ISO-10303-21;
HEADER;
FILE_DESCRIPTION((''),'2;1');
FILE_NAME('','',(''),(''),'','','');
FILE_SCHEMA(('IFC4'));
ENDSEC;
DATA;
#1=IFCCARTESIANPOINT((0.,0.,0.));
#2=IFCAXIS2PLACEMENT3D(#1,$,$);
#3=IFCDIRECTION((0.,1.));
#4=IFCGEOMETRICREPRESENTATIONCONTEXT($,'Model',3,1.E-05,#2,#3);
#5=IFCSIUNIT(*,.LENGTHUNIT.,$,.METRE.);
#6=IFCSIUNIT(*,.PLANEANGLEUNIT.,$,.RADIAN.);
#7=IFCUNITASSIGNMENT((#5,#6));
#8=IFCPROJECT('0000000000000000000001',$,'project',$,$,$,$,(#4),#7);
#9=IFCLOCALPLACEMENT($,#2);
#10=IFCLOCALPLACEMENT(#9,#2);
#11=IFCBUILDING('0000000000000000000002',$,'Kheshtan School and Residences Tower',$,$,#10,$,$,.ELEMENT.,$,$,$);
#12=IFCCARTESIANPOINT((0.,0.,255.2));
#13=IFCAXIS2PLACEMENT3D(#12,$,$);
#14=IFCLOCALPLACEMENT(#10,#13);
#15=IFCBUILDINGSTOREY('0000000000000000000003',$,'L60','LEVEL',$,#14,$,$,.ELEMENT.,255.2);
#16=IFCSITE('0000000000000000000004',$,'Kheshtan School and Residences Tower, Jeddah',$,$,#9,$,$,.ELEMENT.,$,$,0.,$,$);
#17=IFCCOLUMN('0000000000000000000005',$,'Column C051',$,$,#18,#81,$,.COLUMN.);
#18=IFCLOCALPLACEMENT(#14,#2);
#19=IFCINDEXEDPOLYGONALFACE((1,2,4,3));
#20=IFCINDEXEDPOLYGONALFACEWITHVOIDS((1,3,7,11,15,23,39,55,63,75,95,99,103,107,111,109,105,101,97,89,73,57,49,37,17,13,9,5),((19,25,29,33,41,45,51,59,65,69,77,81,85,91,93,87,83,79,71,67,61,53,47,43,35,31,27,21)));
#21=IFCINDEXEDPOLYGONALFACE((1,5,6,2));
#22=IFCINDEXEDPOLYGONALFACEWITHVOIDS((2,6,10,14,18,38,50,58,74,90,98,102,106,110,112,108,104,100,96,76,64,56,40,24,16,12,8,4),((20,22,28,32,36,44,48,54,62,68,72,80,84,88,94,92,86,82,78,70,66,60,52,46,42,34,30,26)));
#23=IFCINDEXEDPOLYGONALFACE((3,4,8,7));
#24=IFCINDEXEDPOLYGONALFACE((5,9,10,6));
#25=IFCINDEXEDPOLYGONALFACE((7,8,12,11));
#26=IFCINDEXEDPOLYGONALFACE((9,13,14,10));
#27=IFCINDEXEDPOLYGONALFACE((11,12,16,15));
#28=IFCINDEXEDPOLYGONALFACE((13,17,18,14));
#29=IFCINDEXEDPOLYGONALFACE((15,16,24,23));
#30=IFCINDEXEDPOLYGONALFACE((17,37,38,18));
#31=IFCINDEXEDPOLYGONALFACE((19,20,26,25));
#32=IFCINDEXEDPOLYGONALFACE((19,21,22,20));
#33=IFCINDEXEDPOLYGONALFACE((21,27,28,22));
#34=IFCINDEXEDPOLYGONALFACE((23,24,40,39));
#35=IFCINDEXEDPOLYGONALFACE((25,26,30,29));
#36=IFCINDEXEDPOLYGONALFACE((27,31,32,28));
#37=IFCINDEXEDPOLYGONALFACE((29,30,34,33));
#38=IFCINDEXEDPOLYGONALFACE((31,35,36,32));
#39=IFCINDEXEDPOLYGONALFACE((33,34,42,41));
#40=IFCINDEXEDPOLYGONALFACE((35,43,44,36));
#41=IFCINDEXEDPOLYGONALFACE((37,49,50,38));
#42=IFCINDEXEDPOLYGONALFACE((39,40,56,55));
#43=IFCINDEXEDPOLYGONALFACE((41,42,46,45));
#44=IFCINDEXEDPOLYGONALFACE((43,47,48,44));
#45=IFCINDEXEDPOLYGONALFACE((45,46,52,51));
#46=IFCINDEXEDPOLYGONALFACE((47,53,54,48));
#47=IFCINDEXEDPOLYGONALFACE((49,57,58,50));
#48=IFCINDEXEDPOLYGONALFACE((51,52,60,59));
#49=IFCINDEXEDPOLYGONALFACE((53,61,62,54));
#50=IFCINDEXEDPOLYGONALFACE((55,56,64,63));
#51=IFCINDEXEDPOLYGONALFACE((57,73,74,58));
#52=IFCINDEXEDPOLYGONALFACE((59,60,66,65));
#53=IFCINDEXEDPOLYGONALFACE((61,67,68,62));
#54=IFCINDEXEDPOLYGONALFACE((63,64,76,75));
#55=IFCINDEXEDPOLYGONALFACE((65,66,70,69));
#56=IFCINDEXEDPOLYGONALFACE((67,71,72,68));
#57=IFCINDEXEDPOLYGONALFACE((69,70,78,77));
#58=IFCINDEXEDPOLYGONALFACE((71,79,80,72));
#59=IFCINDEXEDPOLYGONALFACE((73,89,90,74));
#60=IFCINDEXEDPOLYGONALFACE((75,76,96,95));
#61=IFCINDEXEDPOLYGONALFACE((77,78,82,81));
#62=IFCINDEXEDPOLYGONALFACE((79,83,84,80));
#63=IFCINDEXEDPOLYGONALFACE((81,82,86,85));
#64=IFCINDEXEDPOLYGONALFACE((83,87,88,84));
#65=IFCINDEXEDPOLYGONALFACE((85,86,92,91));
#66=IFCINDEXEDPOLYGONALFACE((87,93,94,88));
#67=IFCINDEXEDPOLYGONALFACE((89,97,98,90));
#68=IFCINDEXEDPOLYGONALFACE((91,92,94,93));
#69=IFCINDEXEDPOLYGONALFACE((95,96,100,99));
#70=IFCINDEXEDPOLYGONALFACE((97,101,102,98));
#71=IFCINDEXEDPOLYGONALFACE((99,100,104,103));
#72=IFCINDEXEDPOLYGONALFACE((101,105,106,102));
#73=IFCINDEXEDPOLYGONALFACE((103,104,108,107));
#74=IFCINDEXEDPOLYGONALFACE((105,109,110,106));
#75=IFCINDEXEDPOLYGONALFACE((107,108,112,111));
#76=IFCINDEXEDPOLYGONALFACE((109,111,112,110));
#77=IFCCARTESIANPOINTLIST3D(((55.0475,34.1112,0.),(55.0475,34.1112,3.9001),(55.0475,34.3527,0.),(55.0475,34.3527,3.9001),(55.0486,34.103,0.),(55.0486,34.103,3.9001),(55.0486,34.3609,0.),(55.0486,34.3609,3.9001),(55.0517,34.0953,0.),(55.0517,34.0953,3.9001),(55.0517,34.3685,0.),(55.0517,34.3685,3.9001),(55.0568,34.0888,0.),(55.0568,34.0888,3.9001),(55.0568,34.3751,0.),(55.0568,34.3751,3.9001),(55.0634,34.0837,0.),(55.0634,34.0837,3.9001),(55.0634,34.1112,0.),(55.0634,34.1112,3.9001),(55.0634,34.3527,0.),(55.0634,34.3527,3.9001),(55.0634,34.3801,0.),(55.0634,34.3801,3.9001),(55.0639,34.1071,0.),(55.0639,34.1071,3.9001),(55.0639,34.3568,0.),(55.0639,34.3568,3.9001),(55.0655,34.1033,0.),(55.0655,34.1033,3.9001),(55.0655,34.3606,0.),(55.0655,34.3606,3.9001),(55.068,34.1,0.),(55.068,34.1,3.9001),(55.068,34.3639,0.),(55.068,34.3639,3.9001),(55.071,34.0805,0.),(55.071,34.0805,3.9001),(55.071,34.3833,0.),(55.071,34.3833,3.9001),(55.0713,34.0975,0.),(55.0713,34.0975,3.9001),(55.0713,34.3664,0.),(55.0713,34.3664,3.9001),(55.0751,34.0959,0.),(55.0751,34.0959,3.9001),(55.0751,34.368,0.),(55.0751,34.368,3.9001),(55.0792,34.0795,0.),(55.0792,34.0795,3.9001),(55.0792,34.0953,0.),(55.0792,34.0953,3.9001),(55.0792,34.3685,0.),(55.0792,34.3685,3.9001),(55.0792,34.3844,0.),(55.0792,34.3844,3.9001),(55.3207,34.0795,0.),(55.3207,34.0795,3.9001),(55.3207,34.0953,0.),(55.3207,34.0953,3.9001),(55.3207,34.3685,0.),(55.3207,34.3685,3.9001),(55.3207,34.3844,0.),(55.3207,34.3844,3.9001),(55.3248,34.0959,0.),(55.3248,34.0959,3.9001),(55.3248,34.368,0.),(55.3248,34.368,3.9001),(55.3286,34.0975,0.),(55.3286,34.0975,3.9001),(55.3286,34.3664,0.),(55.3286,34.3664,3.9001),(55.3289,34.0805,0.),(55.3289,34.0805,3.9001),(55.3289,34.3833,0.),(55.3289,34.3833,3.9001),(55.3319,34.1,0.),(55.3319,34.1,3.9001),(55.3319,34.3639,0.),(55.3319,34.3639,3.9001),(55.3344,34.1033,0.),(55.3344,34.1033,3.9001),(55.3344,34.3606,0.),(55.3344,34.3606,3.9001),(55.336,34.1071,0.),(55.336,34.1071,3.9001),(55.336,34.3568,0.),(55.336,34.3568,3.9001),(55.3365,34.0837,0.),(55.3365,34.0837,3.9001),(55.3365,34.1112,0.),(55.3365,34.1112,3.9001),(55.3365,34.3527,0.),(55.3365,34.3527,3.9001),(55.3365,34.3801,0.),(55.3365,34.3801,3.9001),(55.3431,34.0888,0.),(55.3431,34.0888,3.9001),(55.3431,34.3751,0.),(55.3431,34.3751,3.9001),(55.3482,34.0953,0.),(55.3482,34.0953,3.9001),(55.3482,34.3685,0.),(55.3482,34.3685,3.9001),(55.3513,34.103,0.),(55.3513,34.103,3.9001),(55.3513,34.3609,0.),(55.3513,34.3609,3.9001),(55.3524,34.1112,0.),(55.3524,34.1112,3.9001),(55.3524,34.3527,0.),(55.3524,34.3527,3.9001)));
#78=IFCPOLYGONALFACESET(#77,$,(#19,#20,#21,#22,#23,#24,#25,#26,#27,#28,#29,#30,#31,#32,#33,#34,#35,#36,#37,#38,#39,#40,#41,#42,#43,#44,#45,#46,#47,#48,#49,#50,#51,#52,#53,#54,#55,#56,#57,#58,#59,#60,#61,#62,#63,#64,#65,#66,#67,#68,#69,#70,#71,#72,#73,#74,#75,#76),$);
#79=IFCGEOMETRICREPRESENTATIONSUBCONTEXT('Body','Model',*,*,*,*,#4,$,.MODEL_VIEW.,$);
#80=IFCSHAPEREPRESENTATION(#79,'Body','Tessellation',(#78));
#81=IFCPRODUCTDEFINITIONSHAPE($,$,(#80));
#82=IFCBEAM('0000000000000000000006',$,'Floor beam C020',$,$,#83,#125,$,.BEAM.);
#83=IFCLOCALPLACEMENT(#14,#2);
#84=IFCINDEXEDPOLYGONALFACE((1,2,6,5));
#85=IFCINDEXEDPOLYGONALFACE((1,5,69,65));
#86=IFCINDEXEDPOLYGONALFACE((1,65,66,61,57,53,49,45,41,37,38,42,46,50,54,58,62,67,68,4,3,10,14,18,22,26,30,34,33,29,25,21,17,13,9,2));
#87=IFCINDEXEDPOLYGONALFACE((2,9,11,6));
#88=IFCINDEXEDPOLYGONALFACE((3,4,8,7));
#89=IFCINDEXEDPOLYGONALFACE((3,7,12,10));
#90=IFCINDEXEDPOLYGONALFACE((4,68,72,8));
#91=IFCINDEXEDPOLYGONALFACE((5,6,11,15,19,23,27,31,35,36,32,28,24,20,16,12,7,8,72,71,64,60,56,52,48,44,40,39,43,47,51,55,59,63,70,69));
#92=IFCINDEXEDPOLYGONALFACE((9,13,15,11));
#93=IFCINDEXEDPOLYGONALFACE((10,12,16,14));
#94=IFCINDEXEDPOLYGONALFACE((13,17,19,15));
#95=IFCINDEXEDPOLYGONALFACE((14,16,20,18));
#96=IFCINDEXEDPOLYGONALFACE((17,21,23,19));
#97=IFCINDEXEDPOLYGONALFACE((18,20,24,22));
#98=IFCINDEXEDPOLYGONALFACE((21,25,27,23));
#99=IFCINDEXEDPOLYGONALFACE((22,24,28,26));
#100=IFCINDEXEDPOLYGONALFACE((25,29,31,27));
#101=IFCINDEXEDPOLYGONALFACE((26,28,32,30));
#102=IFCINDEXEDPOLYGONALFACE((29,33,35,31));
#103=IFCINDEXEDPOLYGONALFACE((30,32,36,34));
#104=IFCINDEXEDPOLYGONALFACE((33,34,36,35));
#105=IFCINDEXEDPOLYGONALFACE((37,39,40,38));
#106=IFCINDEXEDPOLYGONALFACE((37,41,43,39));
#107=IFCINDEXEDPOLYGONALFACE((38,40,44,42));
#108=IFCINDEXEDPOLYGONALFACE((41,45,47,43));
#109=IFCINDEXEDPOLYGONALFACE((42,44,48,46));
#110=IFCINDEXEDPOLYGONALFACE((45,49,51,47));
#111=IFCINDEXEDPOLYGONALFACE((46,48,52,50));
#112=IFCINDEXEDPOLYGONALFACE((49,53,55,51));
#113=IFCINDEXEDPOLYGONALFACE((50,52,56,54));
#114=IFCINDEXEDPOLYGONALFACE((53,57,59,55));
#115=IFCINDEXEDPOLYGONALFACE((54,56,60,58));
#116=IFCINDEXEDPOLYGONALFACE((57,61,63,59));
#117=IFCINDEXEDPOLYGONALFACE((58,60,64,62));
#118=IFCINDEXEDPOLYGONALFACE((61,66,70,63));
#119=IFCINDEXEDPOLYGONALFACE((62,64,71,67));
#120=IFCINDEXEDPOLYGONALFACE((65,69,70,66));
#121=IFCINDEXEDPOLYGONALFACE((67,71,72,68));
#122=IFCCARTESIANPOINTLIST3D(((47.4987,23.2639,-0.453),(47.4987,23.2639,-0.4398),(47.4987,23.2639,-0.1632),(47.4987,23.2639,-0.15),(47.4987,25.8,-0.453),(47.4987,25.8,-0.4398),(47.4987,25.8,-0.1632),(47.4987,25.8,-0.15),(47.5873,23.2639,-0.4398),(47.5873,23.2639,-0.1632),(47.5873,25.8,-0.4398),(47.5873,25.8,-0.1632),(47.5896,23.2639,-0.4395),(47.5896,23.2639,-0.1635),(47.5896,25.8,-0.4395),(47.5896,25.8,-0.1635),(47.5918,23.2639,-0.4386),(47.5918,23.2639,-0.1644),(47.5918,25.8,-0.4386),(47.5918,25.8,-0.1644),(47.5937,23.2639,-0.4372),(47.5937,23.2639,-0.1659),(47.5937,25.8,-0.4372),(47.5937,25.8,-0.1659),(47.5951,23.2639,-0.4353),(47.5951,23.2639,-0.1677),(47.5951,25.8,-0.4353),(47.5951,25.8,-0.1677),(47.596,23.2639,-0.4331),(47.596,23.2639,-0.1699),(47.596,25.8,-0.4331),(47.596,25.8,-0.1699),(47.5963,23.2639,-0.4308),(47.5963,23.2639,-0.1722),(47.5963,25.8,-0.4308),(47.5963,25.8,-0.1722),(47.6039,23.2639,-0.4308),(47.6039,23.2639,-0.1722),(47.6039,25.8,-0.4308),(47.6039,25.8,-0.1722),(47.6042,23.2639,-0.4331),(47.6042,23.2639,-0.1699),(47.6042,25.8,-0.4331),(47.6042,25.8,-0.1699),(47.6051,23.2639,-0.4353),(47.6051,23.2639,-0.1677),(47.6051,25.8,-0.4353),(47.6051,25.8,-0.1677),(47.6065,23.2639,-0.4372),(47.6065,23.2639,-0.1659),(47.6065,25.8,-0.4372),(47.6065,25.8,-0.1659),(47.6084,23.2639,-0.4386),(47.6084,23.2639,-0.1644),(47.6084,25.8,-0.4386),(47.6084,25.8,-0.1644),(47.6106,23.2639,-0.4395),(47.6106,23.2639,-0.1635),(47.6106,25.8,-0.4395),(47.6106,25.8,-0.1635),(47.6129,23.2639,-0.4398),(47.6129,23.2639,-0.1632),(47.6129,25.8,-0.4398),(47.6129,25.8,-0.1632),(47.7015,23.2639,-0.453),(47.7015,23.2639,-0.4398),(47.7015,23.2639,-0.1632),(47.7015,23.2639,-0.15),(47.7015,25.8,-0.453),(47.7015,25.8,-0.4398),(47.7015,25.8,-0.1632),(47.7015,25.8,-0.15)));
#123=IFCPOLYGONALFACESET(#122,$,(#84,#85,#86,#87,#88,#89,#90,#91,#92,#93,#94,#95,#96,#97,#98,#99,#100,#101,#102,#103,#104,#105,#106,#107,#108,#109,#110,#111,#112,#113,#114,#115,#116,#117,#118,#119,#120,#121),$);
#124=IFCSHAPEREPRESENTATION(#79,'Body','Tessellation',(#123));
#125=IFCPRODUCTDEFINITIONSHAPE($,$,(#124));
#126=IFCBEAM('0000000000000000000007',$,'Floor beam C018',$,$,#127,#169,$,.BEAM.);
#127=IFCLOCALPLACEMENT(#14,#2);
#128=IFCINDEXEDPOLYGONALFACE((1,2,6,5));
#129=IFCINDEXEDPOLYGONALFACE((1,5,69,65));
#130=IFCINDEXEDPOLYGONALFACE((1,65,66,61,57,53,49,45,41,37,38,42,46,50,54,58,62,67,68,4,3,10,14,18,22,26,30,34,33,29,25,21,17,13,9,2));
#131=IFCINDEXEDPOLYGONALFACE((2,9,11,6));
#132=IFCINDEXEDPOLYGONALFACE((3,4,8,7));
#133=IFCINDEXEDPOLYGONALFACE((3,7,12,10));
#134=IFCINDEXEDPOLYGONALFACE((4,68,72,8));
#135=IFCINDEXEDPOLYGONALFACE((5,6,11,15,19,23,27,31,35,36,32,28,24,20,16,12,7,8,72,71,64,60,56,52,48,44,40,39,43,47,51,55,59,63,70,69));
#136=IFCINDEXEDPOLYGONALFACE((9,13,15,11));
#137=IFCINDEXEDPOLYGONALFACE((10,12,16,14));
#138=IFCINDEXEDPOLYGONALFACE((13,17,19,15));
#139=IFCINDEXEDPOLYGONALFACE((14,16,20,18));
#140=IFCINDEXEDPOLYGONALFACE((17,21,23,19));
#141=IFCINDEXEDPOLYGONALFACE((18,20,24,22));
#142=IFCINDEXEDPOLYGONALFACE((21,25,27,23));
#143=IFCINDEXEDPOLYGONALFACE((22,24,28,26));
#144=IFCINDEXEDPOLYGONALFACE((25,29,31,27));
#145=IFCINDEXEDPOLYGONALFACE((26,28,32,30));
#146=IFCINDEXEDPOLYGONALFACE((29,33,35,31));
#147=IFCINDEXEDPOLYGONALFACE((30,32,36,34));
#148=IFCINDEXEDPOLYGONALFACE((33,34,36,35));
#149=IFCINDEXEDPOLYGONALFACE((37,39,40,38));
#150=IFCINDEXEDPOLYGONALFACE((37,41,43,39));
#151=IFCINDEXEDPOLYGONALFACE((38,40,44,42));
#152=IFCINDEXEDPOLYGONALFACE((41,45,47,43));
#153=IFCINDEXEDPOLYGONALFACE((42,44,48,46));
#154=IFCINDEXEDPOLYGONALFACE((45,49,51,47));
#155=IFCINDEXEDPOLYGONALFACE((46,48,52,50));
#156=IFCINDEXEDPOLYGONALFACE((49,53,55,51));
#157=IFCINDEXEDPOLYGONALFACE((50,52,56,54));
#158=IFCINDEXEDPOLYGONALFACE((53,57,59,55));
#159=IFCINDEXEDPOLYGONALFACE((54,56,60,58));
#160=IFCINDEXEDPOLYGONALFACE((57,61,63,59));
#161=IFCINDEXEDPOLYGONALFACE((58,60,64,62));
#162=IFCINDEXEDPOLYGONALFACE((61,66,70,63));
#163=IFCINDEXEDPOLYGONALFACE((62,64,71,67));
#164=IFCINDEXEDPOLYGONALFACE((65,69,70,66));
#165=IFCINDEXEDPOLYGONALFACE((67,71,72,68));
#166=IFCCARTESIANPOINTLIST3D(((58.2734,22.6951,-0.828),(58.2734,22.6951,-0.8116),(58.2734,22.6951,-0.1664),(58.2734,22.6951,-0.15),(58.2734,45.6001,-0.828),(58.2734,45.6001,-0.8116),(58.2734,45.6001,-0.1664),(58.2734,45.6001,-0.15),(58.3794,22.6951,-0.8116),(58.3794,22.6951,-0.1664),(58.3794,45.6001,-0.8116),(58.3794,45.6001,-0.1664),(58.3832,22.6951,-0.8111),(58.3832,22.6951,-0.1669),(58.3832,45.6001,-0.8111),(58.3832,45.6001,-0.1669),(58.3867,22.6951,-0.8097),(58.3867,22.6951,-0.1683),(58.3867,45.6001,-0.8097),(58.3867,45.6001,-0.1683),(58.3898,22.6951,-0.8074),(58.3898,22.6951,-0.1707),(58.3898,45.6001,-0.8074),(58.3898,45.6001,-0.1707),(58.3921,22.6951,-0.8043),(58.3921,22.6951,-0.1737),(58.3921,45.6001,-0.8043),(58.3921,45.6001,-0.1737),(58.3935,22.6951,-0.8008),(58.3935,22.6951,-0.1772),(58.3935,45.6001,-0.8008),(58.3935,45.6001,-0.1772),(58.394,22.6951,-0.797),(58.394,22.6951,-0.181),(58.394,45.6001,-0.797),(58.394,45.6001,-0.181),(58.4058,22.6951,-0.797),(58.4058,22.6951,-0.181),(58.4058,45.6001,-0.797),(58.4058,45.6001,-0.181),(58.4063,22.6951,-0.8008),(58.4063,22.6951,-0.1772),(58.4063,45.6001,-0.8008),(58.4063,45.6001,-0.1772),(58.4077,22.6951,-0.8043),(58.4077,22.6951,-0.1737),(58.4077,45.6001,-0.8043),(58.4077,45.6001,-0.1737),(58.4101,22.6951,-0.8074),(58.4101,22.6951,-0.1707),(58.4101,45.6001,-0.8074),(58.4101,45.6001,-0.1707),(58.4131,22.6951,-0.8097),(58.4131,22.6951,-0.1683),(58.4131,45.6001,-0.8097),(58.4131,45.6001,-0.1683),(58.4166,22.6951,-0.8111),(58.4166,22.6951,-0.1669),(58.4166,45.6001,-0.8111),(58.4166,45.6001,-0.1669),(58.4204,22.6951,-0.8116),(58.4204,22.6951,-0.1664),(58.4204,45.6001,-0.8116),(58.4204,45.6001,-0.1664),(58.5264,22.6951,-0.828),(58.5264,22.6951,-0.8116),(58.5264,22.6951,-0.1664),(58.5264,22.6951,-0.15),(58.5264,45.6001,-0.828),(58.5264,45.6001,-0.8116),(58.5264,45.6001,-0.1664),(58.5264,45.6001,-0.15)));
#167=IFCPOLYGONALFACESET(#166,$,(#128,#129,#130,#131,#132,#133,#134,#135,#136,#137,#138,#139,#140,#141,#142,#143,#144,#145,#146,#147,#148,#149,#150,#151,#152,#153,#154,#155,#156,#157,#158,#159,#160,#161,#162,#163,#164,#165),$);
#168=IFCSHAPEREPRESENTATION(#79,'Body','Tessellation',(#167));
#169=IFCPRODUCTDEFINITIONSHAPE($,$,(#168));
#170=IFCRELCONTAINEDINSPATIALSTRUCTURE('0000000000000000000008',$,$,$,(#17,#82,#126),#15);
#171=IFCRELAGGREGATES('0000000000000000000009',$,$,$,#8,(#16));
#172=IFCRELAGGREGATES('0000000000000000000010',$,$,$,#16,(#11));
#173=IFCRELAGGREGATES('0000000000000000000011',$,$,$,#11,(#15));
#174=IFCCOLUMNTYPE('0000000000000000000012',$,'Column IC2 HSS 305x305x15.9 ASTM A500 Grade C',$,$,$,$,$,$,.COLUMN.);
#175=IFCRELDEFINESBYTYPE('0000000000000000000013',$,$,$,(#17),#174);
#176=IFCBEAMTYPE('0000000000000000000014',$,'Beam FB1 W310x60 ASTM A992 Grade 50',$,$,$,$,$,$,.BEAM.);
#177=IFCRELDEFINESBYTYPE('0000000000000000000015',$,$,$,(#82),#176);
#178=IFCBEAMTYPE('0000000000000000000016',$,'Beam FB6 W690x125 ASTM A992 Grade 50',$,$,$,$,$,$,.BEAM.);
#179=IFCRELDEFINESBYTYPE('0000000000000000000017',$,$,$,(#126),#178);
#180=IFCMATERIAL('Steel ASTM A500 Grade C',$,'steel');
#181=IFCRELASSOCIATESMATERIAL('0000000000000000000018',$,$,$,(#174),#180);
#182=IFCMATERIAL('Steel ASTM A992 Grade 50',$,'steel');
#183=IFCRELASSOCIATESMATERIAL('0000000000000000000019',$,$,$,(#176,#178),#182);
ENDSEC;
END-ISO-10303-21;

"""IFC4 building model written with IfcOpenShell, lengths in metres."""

from ifc_helpers import new_model, si_unit, direction, frame, origin, origin_2d, place, context, subcontext, project, spatial, hollow_rectangle, i_section, extrude, material, material_profile, profile_set, type_object, element, save


model = new_model("IFC4")

# Units and contexts
model_context = context("Model", 3, precision=1e-05, world=origin(), true_north=direction((0.0, 1.0)))
body_context = subcontext(model_context, "Body", "Model", "MODEL_VIEW")
ifc_project = project(units=[si_unit("LENGTHUNIT", "METRE"), si_unit("PLANEANGLEUNIT", "RADIAN")], contexts=[model_context])

# Site, building, storey
site_placement = place(None, origin())
site = spatial("IfcSite", under=ifc_project, at=site_placement, Name="Kheshtan School and Residences Tower, Jeddah", CompositionType="ELEMENT", RefElevation=0.0)
building_placement = place(site_placement, origin())
building = spatial("IfcBuilding", under=site, at=building_placement, Name="Kheshtan School and Residences Tower", CompositionType="ELEMENT")
storey_placement = place(building_placement, frame((0.0, 0.0, 255.2)))
storey = spatial("IfcBuildingStorey", under=building, at=storey_placement, Name="L60", Description="LEVEL", CompositionType="ELEMENT", Elevation=255.2)

# Column
ifc_material_1 = material(Name="Steel ASTM A992 Grade 50", Category="steel")
ifc_material_2 = material(Name="Steel ASTM A500 Grade C", Category="steel")
ifc_material_profile_1 = material_profile(ifc_material_2, hollow_rectangle(XDim=0.3049, YDim=0.3049, WallThickness=0.0159, InnerFilletRadius=0.0159, OuterFilletRadius=0.0317, at=origin_2d()), Name="HSS 305x305x15.9")
ifc_profile_set_1 = profile_set([ifc_material_profile_1], Name="Steel ASTM A500 Grade C")
column_type_1 = type_object("IfcColumnType", Name="Column IC2 HSS 305x305x15.9 ASTM A500 Grade C", PredefinedType="COLUMN", material=ifc_profile_set_1)
column_placement = place(storey_placement, frame((55.2, 34.2319, 0.0), z_axis=(0.0, 0.0, 1.0), x_axis=(1.0, 0.0, 0.0)))
element("IfcColumn", 1, at=column_placement, inside=storey, type_object=column_type_1, Name="Column C051", PredefinedType="COLUMN", context=body_context, shape_type="SweptSolid", body=[
    extrude(hollow_rectangle(XDim=0.3049, YDim=0.3049, WallThickness=0.0159, InnerFilletRadius=0.0159, OuterFilletRadius=0.0317, at=origin_2d()), origin(), (0.0, 0.0, 1.0), 3.9001),
])

# Beams
ifc_material_profile_2 = material_profile(ifc_material_1, i_section(OverallWidth=0.2029, OverallDepth=0.303, WebThickness=0.0076, FlangeThickness=0.0132, FilletRadius=0.009, at=origin_2d()), Name="W310x60")
ifc_profile_set_2 = profile_set([ifc_material_profile_2], Name="Steel ASTM A992 Grade 50")
beam_type_1 = type_object("IfcBeamType", Name="Beam FB1 W310x60 ASTM A992 Grade 50", PredefinedType="BEAM", material=ifc_profile_set_2)
beam_1_placement = place(storey_placement, frame((47.6001, 23.2639, -0.3015), z_axis=(0.0, 1.0, 0.0), x_axis=(-1.0, 0.0, 0.0)))
element("IfcBeam", 2, at=beam_1_placement, inside=storey, type_object=beam_type_1, Name="Floor beam C020", PredefinedType="BEAM", context=body_context, shape_type="SweptSolid", body=[
    extrude(i_section(OverallWidth=0.2029, OverallDepth=0.303, WebThickness=0.0076, FlangeThickness=0.0132, FilletRadius=0.009, at=origin_2d()), origin(), (0.0, 0.0, 1.0), 2.5361),
])
ifc_material_profile_3 = material_profile(ifc_material_1, i_section(OverallWidth=0.2529, OverallDepth=0.678, WebThickness=0.0117, FlangeThickness=0.0164, FilletRadius=0.0146, at=origin_2d()), Name="W690x125")
ifc_profile_set_3 = profile_set([ifc_material_profile_3], Name="Steel ASTM A992 Grade 50")
beam_type_2 = type_object("IfcBeamType", Name="Beam FB6 W690x125 ASTM A992 Grade 50", PredefinedType="BEAM", material=ifc_profile_set_3)
beam_2_placement = place(storey_placement, frame((58.3999, 22.6951, -0.489), z_axis=(0.0, 1.0, 0.0), x_axis=(-1.0, 0.0, 0.0)))
element("IfcBeam", 3, at=beam_2_placement, inside=storey, type_object=beam_type_2, Name="Floor beam C018", PredefinedType="BEAM", context=body_context, shape_type="SweptSolid", body=[
    extrude(i_section(OverallWidth=0.2529, OverallDepth=0.678, WebThickness=0.0117, FlangeThickness=0.0164, FilletRadius=0.0146, at=origin_2d()), origin(), (0.0, 0.0, 1.0), 22.905),
])

save(model, "model.ifc")
